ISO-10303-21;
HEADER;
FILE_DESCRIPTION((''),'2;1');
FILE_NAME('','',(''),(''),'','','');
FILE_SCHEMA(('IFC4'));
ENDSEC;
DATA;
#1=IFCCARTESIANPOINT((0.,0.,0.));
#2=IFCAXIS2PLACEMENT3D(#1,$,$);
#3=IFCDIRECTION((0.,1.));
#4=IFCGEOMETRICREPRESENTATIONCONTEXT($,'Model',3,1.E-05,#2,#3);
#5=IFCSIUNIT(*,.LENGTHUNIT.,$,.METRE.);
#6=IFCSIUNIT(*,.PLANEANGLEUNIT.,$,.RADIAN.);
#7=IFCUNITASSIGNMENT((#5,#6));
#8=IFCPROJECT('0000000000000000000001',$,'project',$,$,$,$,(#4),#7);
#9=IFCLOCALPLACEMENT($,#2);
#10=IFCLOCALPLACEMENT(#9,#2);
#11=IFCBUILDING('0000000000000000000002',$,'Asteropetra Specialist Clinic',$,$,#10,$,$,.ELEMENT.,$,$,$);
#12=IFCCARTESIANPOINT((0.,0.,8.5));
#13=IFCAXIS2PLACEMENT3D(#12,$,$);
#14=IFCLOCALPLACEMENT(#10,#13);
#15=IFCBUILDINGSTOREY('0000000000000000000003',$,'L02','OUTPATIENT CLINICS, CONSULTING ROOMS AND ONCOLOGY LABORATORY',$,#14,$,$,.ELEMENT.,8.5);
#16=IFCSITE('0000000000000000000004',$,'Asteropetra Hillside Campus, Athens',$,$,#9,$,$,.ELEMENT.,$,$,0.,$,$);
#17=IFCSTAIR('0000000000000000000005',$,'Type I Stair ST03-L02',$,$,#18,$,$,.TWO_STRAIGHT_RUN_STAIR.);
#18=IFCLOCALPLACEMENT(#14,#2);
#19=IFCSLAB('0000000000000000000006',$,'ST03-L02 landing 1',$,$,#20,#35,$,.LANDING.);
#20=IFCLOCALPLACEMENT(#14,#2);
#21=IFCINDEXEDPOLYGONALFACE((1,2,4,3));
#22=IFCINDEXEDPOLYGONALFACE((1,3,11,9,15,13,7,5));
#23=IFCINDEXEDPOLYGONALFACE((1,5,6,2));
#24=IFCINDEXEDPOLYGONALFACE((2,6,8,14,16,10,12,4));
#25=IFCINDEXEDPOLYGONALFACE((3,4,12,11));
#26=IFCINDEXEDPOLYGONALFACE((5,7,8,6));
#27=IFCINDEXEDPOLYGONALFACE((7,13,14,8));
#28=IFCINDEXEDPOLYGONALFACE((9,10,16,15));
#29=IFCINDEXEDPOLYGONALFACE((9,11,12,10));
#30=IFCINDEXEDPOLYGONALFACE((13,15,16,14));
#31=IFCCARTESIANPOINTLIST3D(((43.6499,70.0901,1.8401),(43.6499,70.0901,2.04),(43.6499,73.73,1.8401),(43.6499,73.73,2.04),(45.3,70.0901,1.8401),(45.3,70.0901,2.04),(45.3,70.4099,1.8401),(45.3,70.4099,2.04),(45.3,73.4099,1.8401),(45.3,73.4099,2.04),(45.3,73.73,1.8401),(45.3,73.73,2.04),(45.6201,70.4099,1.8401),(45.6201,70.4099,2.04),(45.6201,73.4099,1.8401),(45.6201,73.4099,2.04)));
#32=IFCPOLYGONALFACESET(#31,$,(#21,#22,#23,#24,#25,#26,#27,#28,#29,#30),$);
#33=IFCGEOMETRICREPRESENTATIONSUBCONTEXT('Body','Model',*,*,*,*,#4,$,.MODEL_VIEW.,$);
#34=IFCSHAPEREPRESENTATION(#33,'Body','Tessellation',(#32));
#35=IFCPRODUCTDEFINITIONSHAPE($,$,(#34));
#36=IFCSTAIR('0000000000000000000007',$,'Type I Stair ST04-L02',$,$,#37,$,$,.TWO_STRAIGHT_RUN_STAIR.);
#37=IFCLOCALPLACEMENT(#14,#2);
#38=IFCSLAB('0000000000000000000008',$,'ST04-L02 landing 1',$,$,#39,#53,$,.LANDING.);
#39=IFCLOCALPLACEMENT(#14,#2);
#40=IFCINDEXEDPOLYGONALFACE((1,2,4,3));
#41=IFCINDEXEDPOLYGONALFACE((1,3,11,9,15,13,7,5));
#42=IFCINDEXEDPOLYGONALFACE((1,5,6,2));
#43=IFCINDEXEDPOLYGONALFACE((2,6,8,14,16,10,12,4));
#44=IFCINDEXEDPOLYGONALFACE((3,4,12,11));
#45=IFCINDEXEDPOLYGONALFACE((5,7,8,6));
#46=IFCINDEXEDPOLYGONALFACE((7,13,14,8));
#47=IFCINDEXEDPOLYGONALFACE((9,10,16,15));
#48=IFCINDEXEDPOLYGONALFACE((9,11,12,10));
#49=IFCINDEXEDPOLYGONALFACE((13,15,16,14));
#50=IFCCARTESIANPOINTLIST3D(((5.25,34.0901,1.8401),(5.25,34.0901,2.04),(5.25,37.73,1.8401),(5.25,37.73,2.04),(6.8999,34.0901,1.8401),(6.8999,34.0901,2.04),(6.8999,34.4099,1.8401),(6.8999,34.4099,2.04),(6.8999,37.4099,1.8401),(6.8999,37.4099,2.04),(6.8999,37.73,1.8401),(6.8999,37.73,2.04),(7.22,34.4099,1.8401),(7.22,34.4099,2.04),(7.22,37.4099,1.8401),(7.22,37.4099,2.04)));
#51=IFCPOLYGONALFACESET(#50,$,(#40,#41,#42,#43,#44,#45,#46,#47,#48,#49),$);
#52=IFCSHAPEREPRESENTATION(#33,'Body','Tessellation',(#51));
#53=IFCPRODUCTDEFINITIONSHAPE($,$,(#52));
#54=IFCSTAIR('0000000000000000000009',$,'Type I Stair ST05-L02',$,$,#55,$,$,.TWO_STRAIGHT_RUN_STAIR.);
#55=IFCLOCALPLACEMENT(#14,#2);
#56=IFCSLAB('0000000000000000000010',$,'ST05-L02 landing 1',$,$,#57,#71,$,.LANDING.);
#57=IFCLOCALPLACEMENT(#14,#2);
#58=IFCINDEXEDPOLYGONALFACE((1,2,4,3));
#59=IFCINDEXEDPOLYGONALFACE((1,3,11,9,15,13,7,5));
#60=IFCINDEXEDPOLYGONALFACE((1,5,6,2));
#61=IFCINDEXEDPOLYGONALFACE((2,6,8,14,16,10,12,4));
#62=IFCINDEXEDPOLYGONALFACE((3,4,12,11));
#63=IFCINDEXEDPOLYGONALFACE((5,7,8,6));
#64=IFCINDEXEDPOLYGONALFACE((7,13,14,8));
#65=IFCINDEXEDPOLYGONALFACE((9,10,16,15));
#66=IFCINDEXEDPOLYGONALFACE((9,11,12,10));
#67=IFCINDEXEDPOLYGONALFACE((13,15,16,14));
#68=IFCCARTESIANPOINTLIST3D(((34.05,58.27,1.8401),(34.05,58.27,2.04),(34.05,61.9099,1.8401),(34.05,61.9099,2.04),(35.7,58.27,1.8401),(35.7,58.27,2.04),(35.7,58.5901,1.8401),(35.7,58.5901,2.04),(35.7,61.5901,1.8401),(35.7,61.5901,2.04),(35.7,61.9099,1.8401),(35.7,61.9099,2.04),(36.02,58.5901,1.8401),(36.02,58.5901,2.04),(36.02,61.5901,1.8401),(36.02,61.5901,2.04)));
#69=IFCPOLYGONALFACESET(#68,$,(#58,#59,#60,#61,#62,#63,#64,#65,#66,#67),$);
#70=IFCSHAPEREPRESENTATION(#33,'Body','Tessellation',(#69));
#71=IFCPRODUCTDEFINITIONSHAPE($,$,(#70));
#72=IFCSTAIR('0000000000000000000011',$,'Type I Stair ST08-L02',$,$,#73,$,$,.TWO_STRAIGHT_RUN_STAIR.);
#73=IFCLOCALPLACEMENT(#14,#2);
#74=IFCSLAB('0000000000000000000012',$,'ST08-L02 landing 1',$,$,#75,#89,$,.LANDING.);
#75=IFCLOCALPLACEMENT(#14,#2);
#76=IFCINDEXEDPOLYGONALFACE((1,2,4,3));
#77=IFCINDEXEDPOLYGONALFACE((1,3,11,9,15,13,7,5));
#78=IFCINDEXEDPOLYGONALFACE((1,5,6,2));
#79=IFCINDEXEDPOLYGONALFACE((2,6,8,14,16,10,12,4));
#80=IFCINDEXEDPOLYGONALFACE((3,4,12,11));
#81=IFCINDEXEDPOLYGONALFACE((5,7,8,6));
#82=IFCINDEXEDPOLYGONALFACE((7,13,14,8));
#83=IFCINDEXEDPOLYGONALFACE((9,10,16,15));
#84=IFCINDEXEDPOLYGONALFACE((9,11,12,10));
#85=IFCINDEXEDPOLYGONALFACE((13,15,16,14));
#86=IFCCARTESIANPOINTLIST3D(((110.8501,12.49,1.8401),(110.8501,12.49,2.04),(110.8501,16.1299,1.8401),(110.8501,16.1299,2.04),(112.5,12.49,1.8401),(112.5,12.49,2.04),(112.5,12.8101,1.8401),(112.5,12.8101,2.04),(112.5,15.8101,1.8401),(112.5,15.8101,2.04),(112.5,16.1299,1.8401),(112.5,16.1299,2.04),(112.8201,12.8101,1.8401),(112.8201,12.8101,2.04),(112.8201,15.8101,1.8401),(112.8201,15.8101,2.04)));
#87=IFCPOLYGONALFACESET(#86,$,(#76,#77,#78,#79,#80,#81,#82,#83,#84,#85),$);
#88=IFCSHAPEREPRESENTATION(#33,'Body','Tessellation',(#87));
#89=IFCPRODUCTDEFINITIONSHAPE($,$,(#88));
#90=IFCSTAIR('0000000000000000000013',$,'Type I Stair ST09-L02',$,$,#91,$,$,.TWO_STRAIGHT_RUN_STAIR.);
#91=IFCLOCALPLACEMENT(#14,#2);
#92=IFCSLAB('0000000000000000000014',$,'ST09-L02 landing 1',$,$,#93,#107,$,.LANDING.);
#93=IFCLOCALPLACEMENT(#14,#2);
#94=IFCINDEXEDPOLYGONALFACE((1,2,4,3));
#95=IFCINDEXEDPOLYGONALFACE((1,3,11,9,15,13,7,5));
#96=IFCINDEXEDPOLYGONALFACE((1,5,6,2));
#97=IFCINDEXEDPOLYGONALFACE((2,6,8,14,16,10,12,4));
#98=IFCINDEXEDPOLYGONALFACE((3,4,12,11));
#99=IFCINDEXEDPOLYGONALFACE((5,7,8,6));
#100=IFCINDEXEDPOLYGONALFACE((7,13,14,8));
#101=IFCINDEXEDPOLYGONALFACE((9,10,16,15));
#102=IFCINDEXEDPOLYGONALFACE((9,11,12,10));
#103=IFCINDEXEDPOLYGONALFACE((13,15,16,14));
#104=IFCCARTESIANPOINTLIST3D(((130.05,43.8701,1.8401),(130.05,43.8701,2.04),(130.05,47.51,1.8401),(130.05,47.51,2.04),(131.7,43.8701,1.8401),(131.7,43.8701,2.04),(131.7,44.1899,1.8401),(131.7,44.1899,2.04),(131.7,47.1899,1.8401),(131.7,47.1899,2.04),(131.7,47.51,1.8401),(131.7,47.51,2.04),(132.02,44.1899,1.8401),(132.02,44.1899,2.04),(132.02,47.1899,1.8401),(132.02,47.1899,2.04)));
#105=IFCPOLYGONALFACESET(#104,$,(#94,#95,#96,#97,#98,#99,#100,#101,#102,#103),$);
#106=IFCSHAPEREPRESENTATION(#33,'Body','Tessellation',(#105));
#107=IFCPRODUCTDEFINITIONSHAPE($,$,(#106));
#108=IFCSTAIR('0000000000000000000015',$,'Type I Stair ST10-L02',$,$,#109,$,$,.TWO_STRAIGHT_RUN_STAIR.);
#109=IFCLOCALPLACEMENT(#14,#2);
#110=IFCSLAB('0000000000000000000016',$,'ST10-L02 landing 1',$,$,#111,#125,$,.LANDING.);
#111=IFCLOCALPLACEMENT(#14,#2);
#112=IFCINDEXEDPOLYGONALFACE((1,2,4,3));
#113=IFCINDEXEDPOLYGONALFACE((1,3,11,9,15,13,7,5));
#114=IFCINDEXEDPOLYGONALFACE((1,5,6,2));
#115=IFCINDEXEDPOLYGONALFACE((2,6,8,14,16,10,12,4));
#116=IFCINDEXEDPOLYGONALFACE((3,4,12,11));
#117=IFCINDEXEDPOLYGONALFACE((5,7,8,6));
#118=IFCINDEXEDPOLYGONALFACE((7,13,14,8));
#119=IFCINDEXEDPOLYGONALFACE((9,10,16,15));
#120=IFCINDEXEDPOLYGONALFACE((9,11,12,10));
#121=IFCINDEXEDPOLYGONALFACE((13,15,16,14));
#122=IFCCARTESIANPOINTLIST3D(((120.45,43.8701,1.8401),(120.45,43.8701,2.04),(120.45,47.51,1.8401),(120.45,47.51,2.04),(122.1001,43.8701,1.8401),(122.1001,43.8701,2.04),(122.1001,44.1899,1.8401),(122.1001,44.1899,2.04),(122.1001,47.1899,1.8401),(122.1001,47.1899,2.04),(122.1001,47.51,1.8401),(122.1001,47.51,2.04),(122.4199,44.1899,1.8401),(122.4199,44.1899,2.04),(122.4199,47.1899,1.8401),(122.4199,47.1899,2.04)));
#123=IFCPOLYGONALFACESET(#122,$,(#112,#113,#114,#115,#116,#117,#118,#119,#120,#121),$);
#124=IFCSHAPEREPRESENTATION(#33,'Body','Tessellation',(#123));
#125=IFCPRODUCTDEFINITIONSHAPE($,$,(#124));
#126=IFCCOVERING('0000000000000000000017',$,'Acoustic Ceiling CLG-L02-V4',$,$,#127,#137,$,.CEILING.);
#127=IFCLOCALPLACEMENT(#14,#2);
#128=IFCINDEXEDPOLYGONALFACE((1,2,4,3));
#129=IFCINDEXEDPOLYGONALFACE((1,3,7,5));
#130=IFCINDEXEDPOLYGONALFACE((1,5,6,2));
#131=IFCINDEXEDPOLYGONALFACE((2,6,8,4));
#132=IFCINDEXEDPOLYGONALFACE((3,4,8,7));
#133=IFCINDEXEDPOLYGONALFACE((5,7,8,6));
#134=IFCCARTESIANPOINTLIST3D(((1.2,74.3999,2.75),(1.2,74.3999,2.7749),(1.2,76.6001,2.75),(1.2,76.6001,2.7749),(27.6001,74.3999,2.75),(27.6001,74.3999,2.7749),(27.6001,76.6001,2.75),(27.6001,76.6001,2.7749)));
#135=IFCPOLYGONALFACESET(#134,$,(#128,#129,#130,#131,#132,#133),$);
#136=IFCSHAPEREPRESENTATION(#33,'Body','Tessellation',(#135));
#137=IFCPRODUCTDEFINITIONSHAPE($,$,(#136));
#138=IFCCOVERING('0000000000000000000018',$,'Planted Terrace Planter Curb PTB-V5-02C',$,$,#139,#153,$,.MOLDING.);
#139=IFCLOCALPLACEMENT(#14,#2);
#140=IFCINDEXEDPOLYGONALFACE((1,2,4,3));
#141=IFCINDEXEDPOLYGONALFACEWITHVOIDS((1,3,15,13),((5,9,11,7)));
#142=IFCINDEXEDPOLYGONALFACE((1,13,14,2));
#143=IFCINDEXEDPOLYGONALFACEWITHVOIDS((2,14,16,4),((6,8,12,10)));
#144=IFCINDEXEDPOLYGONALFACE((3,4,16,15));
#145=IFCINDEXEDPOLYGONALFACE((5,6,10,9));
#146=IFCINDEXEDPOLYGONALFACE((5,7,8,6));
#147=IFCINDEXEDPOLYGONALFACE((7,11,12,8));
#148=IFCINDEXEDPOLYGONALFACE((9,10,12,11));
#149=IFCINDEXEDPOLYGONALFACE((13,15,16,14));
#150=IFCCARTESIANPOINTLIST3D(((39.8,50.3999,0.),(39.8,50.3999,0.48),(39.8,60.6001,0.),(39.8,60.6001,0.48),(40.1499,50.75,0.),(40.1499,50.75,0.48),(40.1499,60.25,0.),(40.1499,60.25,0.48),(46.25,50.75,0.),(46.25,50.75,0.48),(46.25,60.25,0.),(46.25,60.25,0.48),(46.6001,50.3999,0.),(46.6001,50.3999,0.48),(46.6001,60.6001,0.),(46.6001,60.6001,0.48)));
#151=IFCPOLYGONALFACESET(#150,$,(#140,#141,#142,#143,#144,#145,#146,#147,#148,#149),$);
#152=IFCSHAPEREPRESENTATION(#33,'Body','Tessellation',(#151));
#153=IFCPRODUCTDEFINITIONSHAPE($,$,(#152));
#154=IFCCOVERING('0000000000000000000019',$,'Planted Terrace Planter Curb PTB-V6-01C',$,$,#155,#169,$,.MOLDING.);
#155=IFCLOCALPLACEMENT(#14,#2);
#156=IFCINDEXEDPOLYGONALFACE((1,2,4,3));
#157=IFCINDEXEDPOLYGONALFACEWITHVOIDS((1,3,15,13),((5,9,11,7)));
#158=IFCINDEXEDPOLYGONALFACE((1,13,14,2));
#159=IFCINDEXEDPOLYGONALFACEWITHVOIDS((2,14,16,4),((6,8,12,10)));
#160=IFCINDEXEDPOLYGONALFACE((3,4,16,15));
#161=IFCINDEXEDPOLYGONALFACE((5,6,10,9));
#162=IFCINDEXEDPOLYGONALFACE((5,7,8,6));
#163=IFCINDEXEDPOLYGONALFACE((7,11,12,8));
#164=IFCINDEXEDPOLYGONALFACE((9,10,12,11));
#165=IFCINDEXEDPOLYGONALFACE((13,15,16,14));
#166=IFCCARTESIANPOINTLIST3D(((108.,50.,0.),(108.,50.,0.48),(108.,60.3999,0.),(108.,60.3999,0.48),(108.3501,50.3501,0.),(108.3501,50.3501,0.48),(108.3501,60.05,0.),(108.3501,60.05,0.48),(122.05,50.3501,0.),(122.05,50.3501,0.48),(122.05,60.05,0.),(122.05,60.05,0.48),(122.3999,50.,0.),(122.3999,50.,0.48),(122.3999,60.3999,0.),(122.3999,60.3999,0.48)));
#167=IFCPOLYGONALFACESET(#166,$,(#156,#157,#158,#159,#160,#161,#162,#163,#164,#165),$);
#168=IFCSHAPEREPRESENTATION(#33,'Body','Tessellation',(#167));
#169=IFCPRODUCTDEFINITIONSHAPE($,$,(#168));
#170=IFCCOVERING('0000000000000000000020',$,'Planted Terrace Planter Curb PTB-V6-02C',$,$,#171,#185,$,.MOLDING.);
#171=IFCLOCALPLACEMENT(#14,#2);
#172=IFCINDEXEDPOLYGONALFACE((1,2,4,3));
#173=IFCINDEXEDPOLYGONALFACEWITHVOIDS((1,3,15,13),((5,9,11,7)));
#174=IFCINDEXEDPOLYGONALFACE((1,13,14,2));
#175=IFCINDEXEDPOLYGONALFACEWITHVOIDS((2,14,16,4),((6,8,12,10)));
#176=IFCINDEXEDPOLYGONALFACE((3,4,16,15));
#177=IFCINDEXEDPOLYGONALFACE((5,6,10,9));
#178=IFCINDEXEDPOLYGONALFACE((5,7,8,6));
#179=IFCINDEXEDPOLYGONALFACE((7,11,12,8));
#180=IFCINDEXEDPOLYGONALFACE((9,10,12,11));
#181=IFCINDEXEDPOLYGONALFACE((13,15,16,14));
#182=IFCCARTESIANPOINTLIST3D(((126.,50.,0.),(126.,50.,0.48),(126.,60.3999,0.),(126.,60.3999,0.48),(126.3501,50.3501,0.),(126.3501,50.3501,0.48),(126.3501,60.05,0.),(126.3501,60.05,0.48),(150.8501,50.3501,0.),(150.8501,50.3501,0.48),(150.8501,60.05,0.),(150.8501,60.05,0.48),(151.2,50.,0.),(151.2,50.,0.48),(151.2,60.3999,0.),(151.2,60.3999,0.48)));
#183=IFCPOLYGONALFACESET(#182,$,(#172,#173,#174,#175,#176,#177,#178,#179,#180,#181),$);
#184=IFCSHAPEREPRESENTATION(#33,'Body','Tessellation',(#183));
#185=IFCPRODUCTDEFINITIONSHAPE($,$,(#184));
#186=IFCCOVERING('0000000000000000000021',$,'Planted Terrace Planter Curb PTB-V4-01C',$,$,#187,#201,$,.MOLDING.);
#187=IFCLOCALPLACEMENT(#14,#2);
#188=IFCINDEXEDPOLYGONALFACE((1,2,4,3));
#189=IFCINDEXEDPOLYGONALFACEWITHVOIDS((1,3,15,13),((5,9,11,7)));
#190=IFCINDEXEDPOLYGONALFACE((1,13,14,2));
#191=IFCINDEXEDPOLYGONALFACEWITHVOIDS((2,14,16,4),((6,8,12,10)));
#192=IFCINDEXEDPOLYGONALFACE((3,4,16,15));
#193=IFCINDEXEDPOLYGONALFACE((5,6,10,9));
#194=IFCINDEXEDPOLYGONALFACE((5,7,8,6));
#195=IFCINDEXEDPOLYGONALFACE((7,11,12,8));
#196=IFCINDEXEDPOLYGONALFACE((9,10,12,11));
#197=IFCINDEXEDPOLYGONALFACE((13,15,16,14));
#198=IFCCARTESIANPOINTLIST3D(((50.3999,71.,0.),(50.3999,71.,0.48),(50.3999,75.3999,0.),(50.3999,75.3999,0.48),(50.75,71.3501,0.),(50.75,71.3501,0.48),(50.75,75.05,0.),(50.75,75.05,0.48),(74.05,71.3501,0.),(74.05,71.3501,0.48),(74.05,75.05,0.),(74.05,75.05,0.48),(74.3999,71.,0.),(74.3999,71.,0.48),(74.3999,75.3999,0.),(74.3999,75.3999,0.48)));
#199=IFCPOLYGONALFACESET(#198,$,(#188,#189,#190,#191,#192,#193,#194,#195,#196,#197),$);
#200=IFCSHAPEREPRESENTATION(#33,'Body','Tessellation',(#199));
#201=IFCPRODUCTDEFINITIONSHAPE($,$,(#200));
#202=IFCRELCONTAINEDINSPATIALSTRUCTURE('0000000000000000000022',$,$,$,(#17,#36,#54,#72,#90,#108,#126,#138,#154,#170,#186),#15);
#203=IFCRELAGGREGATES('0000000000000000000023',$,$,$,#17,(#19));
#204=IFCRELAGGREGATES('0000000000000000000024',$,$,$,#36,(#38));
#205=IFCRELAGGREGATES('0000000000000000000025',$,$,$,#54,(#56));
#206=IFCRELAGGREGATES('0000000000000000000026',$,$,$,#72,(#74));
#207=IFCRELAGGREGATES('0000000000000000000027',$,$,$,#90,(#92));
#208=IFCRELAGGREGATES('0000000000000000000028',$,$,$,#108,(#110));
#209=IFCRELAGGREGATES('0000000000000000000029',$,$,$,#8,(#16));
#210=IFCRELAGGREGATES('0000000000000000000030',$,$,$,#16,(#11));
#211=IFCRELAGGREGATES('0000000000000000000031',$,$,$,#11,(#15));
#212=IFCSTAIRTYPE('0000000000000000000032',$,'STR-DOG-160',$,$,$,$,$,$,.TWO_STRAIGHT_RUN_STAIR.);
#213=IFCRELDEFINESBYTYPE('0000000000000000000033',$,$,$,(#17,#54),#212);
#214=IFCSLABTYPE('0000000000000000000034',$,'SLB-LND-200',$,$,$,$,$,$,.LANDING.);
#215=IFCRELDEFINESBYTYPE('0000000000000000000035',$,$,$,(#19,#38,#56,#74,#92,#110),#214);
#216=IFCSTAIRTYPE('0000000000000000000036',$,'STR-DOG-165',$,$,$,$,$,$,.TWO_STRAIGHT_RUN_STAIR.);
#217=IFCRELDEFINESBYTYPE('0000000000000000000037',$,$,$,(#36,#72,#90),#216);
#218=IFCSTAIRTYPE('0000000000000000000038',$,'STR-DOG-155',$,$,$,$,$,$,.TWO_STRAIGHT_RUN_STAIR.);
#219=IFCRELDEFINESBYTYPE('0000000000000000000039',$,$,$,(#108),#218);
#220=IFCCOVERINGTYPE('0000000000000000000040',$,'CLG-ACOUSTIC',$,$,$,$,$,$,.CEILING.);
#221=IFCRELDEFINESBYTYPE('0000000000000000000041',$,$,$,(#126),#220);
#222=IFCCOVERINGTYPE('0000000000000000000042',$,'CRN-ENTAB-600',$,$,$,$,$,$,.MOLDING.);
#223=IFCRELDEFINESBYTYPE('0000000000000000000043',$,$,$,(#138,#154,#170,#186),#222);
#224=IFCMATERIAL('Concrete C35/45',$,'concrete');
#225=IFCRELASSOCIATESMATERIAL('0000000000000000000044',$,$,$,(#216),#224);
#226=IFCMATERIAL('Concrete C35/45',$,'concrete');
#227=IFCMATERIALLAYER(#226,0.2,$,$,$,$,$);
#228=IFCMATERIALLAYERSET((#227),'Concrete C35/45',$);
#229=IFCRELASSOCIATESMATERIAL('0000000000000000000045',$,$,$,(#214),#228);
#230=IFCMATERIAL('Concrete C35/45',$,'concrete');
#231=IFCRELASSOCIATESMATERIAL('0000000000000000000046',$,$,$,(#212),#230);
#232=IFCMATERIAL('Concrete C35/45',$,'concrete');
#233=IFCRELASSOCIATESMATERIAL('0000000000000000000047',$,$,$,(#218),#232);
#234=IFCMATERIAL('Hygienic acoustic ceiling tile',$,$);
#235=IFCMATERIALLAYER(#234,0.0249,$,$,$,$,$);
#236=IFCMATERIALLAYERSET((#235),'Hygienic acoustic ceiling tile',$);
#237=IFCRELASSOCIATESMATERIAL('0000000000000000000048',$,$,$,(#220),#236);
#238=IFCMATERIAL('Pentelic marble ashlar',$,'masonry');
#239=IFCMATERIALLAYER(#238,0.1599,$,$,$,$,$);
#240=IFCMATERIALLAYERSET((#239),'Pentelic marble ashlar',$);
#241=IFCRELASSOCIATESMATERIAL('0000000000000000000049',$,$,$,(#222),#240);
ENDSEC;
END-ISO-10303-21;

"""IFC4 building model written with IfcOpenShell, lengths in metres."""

from ifc_helpers import new_model, si_unit, direction, frame, origin, place, context, subcontext, project, spatial, polyline, outline, extrude, material, layer, layer_set, type_object, element, aggregate, save


model = new_model("IFC4")

# Units and contexts
model_context = context("Model", 3, precision=1e-05, world=origin(), true_north=direction((0.0, 1.0)))
body_context = subcontext(model_context, "Body", "Model", "MODEL_VIEW")
ifc_project = project(units=[si_unit("LENGTHUNIT", "METRE"), si_unit("PLANEANGLEUNIT", "RADIAN")], contexts=[model_context])

# Site, building, storey
site_placement = place(None, origin())
site = spatial("IfcSite", under=ifc_project, at=site_placement, Name="Asteropetra Hillside Campus, Athens", CompositionType="ELEMENT", RefElevation=0.0)
building_placement = place(site_placement, origin())
building = spatial("IfcBuilding", under=site, at=building_placement, Name="Asteropetra Specialist Clinic", CompositionType="ELEMENT")
storey_placement = place(building_placement, frame((0.0, 0.0, 8.5)))
storey = spatial("IfcBuildingStorey", under=building, at=storey_placement, Name="L02", Description="OUTPATIENT CLINICS, CONSULTING ROOMS AND ONCOLOGY LABORATORY", CompositionType="ELEMENT", Elevation=8.5)

# Stairs, slabs
ifc_material_1 = material(Name="Concrete C35/45", Category="concrete")
stair_type_1 = type_object("IfcStairType", Name="STR-DOG-165", PredefinedType="TWO_STRAIGHT_RUN_STAIR", material=ifc_material_1)
ifc_material_2 = material(Name="Concrete C35/45", Category="concrete")
ifc_layer_1 = layer(ifc_material_2, 0.2)
ifc_layer_set_1 = layer_set([ifc_layer_1], Name="Concrete C35/45")
slab_type = type_object("IfcSlabType", Name="SLB-LND-200", PredefinedType="LANDING", material=ifc_layer_set_1)
ifc_material_3 = material(Name="Concrete C35/45", Category="concrete")
stair_type_2 = type_object("IfcStairType", Name="STR-DOG-160", PredefinedType="TWO_STRAIGHT_RUN_STAIR", material=ifc_material_3)
stair_1_placement = place(storey_placement, origin())
stair_1 = element("IfcStair", 1, at=stair_1_placement, inside=storey, type_object=stair_type_2, Name="Type I Stair ST03-L02", PredefinedType="TWO_STRAIGHT_RUN_STAIR")
slab_1_placement = place(storey_placement, frame((0.0, 0.0, 1.8401)))
slab_1 = element("IfcSlab", 2, at=slab_1_placement, type_object=slab_type, Name="ST03-L02 landing 1", PredefinedType="LANDING", context=body_context, shape_type="SweptSolid", body=[
    extrude(outline(polyline([(43.6499, 70.0901), (45.3, 70.0901), (45.3, 70.4099), (45.6201, 70.4099), (45.6201, 73.4099), (45.3, 73.4099), (45.3, 73.73), (43.6499, 73.73), (43.6499, 70.0901)])), origin(), (0.0, 0.0, 1.0), 0.2),
])
aggregate(stair_1, [slab_1])
stair_2_placement = place(storey_placement, origin())
stair_2 = element("IfcStair", 3, at=stair_2_placement, inside=storey, type_object=stair_type_1, Name="Type I Stair ST04-L02", PredefinedType="TWO_STRAIGHT_RUN_STAIR")
slab_2_placement = place(storey_placement, frame((0.0, 0.0, 1.8401)))
slab_2 = element("IfcSlab", 4, at=slab_2_placement, type_object=slab_type, Name="ST04-L02 landing 1", PredefinedType="LANDING", context=body_context, shape_type="SweptSolid", body=[
    extrude(outline(polyline([(5.25, 34.0901), (6.8999, 34.0901), (6.8999, 34.4099), (7.22, 34.4099), (7.22, 37.4099), (6.8999, 37.4099), (6.8999, 37.73), (5.25, 37.73), (5.25, 34.0901)])), origin(), (0.0, 0.0, 1.0), 0.2),
])
aggregate(stair_2, [slab_2])
stair_3_placement = place(storey_placement, origin())
stair_3 = element("IfcStair", 5, at=stair_3_placement, inside=storey, type_object=stair_type_2, Name="Type I Stair ST05-L02", PredefinedType="TWO_STRAIGHT_RUN_STAIR")
slab_3_placement = place(storey_placement, frame((0.0, 0.0, 1.8401)))
slab_3 = element("IfcSlab", 6, at=slab_3_placement, type_object=slab_type, Name="ST05-L02 landing 1", PredefinedType="LANDING", context=body_context, shape_type="SweptSolid", body=[
    extrude(outline(polyline([(34.05, 58.27), (35.7, 58.27), (35.7, 58.5901), (36.02, 58.5901), (36.02, 61.5901), (35.7, 61.5901), (35.7, 61.9099), (34.05, 61.9099), (34.05, 58.27)])), origin(), (0.0, 0.0, 1.0), 0.2),
])
aggregate(stair_3, [slab_3])
stair_4_placement = place(storey_placement, origin())
stair_4 = element("IfcStair", 7, at=stair_4_placement, inside=storey, type_object=stair_type_1, Name="Type I Stair ST08-L02", PredefinedType="TWO_STRAIGHT_RUN_STAIR")
slab_4_placement = place(storey_placement, frame((0.0, 0.0, 1.8401)))
slab_4 = element("IfcSlab", 8, at=slab_4_placement, type_object=slab_type, Name="ST08-L02 landing 1", PredefinedType="LANDING", context=body_context, shape_type="SweptSolid", body=[
    extrude(outline(polyline([(110.8501, 12.49), (112.5, 12.49), (112.5, 12.8101), (112.8201, 12.8101), (112.8201, 15.8101), (112.5, 15.8101), (112.5, 16.1299), (110.8501, 16.1299), (110.8501, 12.49)])), origin(), (0.0, 0.0, 1.0), 0.2),
])
aggregate(stair_4, [slab_4])
stair_5_placement = place(storey_placement, origin())
stair_5 = element("IfcStair", 9, at=stair_5_placement, inside=storey, type_object=stair_type_1, Name="Type I Stair ST09-L02", PredefinedType="TWO_STRAIGHT_RUN_STAIR")
slab_5_placement = place(storey_placement, frame((0.0, 0.0, 1.8401)))
slab_5 = element("IfcSlab", 10, at=slab_5_placement, type_object=slab_type, Name="ST09-L02 landing 1", PredefinedType="LANDING", context=body_context, shape_type="SweptSolid", body=[
    extrude(outline(polyline([(130.05, 43.8701), (131.7, 43.8701), (131.7, 44.1899), (132.02, 44.1899), (132.02, 47.1899), (131.7, 47.1899), (131.7, 47.51), (130.05, 47.51), (130.05, 43.8701)])), origin(), (0.0, 0.0, 1.0), 0.2),
])
aggregate(stair_5, [slab_5])
ifc_material_4 = material(Name="Concrete C35/45", Category="concrete")
stair_type_3 = type_object("IfcStairType", Name="STR-DOG-155", PredefinedType="TWO_STRAIGHT_RUN_STAIR", material=ifc_material_4)
stair_6_placement = place(storey_placement, origin())
stair_6 = element("IfcStair", 11, at=stair_6_placement, inside=storey, type_object=stair_type_3, Name="Type I Stair ST10-L02", PredefinedType="TWO_STRAIGHT_RUN_STAIR")
slab_6_placement = place(storey_placement, frame((0.0, 0.0, 1.8401)))
slab_6 = element("IfcSlab", 12, at=slab_6_placement, type_object=slab_type, Name="ST10-L02 landing 1", PredefinedType="LANDING", context=body_context, shape_type="SweptSolid", body=[
    extrude(outline(polyline([(120.45, 43.8701), (122.1001, 43.8701), (122.1001, 44.1899), (122.4199, 44.1899), (122.4199, 47.1899), (122.1001, 47.1899), (122.1001, 47.51), (120.45, 47.51), (120.45, 43.8701)])), origin(), (0.0, 0.0, 1.0), 0.2),
])
aggregate(stair_6, [slab_6])

# Coverings
ifc_material_5 = material(Name="Hygienic acoustic ceiling tile")
ifc_layer_2 = layer(ifc_material_5, 0.0249)
ifc_layer_set_2 = layer_set([ifc_layer_2], Name="Hygienic acoustic ceiling tile")
covering_type_1 = type_object("IfcCoveringType", Name="CLG-ACOUSTIC", PredefinedType="CEILING", material=ifc_layer_set_2)
covering_1_placement = place(storey_placement, frame((0.0, 0.0, 2.75)))
element("IfcCovering", 13, at=covering_1_placement, inside=storey, type_object=covering_type_1, Name="Acoustic Ceiling CLG-L02-V4", PredefinedType="CEILING", context=body_context, shape_type="SweptSolid", body=[
    extrude(outline(polyline([(1.2, 74.3999), (27.6001, 74.3999), (27.6001, 76.6001), (1.2, 76.6001), (1.2, 74.3999)])), origin(), (0.0, 0.0, 1.0), 0.0249),
])
ifc_material_6 = material(Name="Pentelic marble ashlar", Category="masonry")
ifc_layer_3 = layer(ifc_material_6, 0.1599)
ifc_layer_set_3 = layer_set([ifc_layer_3], Name="Pentelic marble ashlar")
covering_type_2 = type_object("IfcCoveringType", Name="CRN-ENTAB-600", PredefinedType="MOLDING", material=ifc_layer_set_3)
covering_2_placement = place(storey_placement, origin())
element("IfcCovering", 14, at=covering_2_placement, inside=storey, type_object=covering_type_2, Name="Planted Terrace Planter Curb PTB-V5-02C", PredefinedType="MOLDING", context=body_context, shape_type="SweptSolid", body=[
    extrude(outline(polyline([(39.8, 50.3999), (46.6001, 50.3999), (46.6001, 60.6001), (39.8, 60.6001), (39.8, 50.3999)]), holes=[polyline([(40.1499, 50.75), (46.25, 50.75), (46.25, 60.25), (40.1499, 60.25), (40.1499, 50.75)])]), origin(), (0.0, 0.0, 1.0), 0.48),
])
covering_3_placement = place(storey_placement, origin())
element("IfcCovering", 15, at=covering_3_placement, inside=storey, type_object=covering_type_2, Name="Planted Terrace Planter Curb PTB-V6-01C", PredefinedType="MOLDING", context=body_context, shape_type="SweptSolid", body=[
    extrude(outline(polyline([(108.0, 50.0), (122.3999, 50.0), (122.3999, 60.3999), (108.0, 60.3999), (108.0, 50.0)]), holes=[polyline([(108.3501, 50.3501), (122.05, 50.3501), (122.05, 60.05), (108.3501, 60.05), (108.3501, 50.3501)])]), origin(), (0.0, 0.0, 1.0), 0.48),
])
covering_4_placement = place(storey_placement, origin())
element("IfcCovering", 16, at=covering_4_placement, inside=storey, type_object=covering_type_2, Name="Planted Terrace Planter Curb PTB-V6-02C", PredefinedType="MOLDING", context=body_context, shape_type="SweptSolid", body=[
    extrude(outline(polyline([(126.0, 50.0), (151.2, 50.0), (151.2, 60.3999), (126.0, 60.3999), (126.0, 50.0)]), holes=[polyline([(126.3501, 50.3501), (150.8501, 50.3501), (150.8501, 60.05), (126.3501, 60.05), (126.3501, 50.3501)])]), origin(), (0.0, 0.0, 1.0), 0.48),
])
covering_5_placement = place(storey_placement, origin())
element("IfcCovering", 17, at=covering_5_placement, inside=storey, type_object=covering_type_2, Name="Planted Terrace Planter Curb PTB-V4-01C", PredefinedType="MOLDING", context=body_context, shape_type="SweptSolid", body=[
    extrude(outline(polyline([(50.3999, 71.0), (74.3999, 71.0), (74.3999, 75.3999), (50.3999, 75.3999), (50.3999, 71.0)]), holes=[polyline([(50.75, 71.3501), (74.05, 71.3501), (74.05, 75.05), (50.75, 75.05), (50.75, 71.3501)])]), origin(), (0.0, 0.0, 1.0), 0.48),
])

save(model, "model.ifc")
